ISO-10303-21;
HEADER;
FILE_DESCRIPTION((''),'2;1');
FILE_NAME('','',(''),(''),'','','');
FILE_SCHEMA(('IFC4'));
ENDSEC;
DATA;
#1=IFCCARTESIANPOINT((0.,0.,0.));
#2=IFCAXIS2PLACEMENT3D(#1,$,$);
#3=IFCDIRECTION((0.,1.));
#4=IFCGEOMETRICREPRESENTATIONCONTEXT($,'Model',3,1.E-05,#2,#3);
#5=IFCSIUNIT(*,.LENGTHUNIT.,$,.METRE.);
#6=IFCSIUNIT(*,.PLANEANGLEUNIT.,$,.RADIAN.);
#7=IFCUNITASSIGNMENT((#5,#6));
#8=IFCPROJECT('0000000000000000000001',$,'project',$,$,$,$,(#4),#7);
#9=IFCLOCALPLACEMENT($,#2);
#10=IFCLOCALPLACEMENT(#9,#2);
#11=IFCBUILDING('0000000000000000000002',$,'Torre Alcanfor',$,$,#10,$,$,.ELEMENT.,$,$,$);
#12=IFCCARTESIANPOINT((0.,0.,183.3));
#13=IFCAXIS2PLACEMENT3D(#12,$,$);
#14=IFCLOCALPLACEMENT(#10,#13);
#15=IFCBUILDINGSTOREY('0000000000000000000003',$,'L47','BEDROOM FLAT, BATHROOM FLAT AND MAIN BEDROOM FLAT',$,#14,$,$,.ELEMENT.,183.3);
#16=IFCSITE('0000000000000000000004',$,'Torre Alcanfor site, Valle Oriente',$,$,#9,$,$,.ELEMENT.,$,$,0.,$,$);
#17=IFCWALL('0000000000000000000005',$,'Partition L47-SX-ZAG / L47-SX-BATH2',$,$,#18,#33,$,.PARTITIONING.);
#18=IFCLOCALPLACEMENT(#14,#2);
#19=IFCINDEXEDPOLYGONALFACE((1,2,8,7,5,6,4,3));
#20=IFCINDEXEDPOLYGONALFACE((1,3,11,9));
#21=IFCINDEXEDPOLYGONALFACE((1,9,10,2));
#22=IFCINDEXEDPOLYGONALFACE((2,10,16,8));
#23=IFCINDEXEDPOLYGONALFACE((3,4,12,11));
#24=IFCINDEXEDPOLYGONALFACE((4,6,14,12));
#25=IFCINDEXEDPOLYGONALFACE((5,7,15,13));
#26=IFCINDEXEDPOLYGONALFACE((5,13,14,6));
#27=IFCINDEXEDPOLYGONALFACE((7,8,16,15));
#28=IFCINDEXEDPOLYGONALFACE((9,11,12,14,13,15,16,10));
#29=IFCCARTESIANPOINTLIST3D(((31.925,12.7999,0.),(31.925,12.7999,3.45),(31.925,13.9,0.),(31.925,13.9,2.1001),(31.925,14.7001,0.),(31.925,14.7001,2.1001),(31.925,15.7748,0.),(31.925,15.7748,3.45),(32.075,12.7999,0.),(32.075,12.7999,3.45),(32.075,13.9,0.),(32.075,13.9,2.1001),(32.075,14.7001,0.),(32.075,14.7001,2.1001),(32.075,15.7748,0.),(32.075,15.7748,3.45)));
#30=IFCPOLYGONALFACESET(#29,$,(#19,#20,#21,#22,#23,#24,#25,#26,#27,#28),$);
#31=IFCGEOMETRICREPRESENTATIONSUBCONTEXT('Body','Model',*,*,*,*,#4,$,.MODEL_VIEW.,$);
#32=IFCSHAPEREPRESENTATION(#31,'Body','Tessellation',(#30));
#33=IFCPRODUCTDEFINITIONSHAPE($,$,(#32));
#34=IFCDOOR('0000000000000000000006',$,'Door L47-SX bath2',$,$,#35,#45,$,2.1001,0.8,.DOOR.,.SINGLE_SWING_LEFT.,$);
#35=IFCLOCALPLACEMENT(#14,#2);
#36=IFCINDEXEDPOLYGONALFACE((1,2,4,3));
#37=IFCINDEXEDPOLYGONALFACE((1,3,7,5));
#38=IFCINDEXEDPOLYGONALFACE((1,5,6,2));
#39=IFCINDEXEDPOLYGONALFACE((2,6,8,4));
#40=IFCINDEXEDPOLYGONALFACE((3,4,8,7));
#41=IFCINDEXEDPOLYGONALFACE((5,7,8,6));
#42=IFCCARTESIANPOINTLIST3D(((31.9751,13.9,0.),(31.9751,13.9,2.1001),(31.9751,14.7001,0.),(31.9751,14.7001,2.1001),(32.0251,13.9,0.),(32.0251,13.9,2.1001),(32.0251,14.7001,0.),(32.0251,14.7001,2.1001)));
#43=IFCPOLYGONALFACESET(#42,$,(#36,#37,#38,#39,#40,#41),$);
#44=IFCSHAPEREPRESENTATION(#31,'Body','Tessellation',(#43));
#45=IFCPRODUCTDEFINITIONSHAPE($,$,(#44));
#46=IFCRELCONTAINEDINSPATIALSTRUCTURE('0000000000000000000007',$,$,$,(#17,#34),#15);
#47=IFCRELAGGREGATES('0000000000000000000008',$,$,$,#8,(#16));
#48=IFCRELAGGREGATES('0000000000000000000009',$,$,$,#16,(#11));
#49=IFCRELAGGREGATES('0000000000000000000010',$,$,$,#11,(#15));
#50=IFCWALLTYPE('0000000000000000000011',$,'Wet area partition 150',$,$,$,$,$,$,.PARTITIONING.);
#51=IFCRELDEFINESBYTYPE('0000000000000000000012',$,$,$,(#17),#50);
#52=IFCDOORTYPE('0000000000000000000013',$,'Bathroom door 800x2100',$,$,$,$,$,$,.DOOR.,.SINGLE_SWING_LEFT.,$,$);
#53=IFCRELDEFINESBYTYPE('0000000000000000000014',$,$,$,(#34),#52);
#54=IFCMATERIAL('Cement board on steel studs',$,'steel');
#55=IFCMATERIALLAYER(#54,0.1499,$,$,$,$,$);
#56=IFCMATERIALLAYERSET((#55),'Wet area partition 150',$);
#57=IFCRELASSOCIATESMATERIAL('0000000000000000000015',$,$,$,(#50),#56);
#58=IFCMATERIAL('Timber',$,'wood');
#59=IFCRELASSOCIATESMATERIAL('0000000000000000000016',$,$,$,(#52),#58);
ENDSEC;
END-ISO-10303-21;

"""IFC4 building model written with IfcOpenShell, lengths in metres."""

from ifc_helpers import new_model, si_unit, direction, frame, frame_2d, origin, place, context, subcontext, project, spatial, rectangle, extrude, material, layer, layer_set, type_object, element, fill, save


model = new_model("IFC4")

# Units and contexts
model_context = context("Model", 3, precision=1e-05, world=origin(), true_north=direction((0.0, 1.0)))
body_context = subcontext(model_context, "Body", "Model", "MODEL_VIEW")
ifc_project = project(units=[si_unit("LENGTHUNIT", "METRE"), si_unit("PLANEANGLEUNIT", "RADIAN")], contexts=[model_context])

# Site, building, storey
site_placement = place(None, origin())
site = spatial("IfcSite", under=ifc_project, at=site_placement, Name="Torre Alcanfor site, Valle Oriente", CompositionType="ELEMENT", RefElevation=0.0)
building_placement = place(site_placement, origin())
building = spatial("IfcBuilding", under=site, at=building_placement, Name="Torre Alcanfor", CompositionType="ELEMENT")
storey_placement = place(building_placement, frame((0.0, 0.0, 183.3)))
storey = spatial("IfcBuildingStorey", under=building, at=storey_placement, Name="L47", Description="BEDROOM FLAT, BATHROOM FLAT AND MAIN BEDROOM FLAT", CompositionType="ELEMENT", Elevation=183.3)

# Wall, opening, door
ifc_material_1 = material(Name="Cement board on steel studs", Category="steel")
ifc_layer_1 = layer(ifc_material_1, 0.1499)
ifc_layer_set_1 = layer_set([ifc_layer_1], Name="Wet area partition 150")
wall_type_1 = type_object("IfcWallType", Name="Wet area partition 150", PredefinedType="PARTITIONING", material=ifc_layer_set_1)
wall_1_placement = place(storey_placement, frame((32.0, 12.8, 0.0), z_axis=(0.0, 0.0, 1.0), x_axis=(0.0, 1.0, 0.0)))
wall_1 = element("IfcWall", 1, at=wall_1_placement, inside=storey, type_object=wall_type_1, Name="Partition L47-SX-ZAG / L47-SX-BATH2", PredefinedType="PARTITIONING", context=body_context, shape_type="SweptSolid", body=[
    extrude(rectangle(XDim=2.9749, YDim=0.1499, at=frame_2d((1.4873, 0.0))), origin(), (0.0, 0.0, 1.0), 3.45),
])
opening_1_placement = place(wall_1_placement, frame((1.1001, 0.0, 0.0)))
opening_1 = element("IfcOpeningElement", 2, at=opening_1_placement, cuts=wall_1, PredefinedType="OPENING", context=body_context, shape_type="SweptSolid", body=[
    extrude(rectangle(XDim=0.8, YDim=2.1001, at=frame_2d((0.3999, 1.05))), frame((0.0, 0.085, 0.0), z_axis=(0.0, -1.0, 0.0), x_axis=(1.0, 0.0, 0.0)), (0.0, 0.0, 1.0), 0.1699),
])
ifc_material_2 = material(Name="Timber", Category="wood")
door_type_1 = type_object("IfcDoorType", Name="Bathroom door 800x2100", OperationType="SINGLE_SWING_LEFT", PredefinedType="DOOR", material=ifc_material_2)
door_1_placement = place(opening_1_placement, frame((0.8, 0.0, 0.0), z_axis=(0.0, 0.0, 1.0), x_axis=(-1.0, 0.0, 0.0)))
door_1 = element("IfcDoor", 3, at=door_1_placement, inside=storey, type_object=door_type_1, Name="Door L47-SX bath2", OperationType="SINGLE_SWING_LEFT", OverallHeight=2.1001, OverallWidth=0.8, PredefinedType="DOOR", context=body_context, shape_type="SweptSolid", body=[
    extrude(rectangle(XDim=0.8, YDim=2.1001, at=frame_2d((0.4001, 1.05))), frame((0.0, 0.0251, 0.0), z_axis=(0.0, -1.0, 0.0), x_axis=(1.0, 0.0, 0.0)), (0.0, 0.0, 1.0), 0.05),
])
fill(opening_1, door_1)

save(model, "model.ifc")
